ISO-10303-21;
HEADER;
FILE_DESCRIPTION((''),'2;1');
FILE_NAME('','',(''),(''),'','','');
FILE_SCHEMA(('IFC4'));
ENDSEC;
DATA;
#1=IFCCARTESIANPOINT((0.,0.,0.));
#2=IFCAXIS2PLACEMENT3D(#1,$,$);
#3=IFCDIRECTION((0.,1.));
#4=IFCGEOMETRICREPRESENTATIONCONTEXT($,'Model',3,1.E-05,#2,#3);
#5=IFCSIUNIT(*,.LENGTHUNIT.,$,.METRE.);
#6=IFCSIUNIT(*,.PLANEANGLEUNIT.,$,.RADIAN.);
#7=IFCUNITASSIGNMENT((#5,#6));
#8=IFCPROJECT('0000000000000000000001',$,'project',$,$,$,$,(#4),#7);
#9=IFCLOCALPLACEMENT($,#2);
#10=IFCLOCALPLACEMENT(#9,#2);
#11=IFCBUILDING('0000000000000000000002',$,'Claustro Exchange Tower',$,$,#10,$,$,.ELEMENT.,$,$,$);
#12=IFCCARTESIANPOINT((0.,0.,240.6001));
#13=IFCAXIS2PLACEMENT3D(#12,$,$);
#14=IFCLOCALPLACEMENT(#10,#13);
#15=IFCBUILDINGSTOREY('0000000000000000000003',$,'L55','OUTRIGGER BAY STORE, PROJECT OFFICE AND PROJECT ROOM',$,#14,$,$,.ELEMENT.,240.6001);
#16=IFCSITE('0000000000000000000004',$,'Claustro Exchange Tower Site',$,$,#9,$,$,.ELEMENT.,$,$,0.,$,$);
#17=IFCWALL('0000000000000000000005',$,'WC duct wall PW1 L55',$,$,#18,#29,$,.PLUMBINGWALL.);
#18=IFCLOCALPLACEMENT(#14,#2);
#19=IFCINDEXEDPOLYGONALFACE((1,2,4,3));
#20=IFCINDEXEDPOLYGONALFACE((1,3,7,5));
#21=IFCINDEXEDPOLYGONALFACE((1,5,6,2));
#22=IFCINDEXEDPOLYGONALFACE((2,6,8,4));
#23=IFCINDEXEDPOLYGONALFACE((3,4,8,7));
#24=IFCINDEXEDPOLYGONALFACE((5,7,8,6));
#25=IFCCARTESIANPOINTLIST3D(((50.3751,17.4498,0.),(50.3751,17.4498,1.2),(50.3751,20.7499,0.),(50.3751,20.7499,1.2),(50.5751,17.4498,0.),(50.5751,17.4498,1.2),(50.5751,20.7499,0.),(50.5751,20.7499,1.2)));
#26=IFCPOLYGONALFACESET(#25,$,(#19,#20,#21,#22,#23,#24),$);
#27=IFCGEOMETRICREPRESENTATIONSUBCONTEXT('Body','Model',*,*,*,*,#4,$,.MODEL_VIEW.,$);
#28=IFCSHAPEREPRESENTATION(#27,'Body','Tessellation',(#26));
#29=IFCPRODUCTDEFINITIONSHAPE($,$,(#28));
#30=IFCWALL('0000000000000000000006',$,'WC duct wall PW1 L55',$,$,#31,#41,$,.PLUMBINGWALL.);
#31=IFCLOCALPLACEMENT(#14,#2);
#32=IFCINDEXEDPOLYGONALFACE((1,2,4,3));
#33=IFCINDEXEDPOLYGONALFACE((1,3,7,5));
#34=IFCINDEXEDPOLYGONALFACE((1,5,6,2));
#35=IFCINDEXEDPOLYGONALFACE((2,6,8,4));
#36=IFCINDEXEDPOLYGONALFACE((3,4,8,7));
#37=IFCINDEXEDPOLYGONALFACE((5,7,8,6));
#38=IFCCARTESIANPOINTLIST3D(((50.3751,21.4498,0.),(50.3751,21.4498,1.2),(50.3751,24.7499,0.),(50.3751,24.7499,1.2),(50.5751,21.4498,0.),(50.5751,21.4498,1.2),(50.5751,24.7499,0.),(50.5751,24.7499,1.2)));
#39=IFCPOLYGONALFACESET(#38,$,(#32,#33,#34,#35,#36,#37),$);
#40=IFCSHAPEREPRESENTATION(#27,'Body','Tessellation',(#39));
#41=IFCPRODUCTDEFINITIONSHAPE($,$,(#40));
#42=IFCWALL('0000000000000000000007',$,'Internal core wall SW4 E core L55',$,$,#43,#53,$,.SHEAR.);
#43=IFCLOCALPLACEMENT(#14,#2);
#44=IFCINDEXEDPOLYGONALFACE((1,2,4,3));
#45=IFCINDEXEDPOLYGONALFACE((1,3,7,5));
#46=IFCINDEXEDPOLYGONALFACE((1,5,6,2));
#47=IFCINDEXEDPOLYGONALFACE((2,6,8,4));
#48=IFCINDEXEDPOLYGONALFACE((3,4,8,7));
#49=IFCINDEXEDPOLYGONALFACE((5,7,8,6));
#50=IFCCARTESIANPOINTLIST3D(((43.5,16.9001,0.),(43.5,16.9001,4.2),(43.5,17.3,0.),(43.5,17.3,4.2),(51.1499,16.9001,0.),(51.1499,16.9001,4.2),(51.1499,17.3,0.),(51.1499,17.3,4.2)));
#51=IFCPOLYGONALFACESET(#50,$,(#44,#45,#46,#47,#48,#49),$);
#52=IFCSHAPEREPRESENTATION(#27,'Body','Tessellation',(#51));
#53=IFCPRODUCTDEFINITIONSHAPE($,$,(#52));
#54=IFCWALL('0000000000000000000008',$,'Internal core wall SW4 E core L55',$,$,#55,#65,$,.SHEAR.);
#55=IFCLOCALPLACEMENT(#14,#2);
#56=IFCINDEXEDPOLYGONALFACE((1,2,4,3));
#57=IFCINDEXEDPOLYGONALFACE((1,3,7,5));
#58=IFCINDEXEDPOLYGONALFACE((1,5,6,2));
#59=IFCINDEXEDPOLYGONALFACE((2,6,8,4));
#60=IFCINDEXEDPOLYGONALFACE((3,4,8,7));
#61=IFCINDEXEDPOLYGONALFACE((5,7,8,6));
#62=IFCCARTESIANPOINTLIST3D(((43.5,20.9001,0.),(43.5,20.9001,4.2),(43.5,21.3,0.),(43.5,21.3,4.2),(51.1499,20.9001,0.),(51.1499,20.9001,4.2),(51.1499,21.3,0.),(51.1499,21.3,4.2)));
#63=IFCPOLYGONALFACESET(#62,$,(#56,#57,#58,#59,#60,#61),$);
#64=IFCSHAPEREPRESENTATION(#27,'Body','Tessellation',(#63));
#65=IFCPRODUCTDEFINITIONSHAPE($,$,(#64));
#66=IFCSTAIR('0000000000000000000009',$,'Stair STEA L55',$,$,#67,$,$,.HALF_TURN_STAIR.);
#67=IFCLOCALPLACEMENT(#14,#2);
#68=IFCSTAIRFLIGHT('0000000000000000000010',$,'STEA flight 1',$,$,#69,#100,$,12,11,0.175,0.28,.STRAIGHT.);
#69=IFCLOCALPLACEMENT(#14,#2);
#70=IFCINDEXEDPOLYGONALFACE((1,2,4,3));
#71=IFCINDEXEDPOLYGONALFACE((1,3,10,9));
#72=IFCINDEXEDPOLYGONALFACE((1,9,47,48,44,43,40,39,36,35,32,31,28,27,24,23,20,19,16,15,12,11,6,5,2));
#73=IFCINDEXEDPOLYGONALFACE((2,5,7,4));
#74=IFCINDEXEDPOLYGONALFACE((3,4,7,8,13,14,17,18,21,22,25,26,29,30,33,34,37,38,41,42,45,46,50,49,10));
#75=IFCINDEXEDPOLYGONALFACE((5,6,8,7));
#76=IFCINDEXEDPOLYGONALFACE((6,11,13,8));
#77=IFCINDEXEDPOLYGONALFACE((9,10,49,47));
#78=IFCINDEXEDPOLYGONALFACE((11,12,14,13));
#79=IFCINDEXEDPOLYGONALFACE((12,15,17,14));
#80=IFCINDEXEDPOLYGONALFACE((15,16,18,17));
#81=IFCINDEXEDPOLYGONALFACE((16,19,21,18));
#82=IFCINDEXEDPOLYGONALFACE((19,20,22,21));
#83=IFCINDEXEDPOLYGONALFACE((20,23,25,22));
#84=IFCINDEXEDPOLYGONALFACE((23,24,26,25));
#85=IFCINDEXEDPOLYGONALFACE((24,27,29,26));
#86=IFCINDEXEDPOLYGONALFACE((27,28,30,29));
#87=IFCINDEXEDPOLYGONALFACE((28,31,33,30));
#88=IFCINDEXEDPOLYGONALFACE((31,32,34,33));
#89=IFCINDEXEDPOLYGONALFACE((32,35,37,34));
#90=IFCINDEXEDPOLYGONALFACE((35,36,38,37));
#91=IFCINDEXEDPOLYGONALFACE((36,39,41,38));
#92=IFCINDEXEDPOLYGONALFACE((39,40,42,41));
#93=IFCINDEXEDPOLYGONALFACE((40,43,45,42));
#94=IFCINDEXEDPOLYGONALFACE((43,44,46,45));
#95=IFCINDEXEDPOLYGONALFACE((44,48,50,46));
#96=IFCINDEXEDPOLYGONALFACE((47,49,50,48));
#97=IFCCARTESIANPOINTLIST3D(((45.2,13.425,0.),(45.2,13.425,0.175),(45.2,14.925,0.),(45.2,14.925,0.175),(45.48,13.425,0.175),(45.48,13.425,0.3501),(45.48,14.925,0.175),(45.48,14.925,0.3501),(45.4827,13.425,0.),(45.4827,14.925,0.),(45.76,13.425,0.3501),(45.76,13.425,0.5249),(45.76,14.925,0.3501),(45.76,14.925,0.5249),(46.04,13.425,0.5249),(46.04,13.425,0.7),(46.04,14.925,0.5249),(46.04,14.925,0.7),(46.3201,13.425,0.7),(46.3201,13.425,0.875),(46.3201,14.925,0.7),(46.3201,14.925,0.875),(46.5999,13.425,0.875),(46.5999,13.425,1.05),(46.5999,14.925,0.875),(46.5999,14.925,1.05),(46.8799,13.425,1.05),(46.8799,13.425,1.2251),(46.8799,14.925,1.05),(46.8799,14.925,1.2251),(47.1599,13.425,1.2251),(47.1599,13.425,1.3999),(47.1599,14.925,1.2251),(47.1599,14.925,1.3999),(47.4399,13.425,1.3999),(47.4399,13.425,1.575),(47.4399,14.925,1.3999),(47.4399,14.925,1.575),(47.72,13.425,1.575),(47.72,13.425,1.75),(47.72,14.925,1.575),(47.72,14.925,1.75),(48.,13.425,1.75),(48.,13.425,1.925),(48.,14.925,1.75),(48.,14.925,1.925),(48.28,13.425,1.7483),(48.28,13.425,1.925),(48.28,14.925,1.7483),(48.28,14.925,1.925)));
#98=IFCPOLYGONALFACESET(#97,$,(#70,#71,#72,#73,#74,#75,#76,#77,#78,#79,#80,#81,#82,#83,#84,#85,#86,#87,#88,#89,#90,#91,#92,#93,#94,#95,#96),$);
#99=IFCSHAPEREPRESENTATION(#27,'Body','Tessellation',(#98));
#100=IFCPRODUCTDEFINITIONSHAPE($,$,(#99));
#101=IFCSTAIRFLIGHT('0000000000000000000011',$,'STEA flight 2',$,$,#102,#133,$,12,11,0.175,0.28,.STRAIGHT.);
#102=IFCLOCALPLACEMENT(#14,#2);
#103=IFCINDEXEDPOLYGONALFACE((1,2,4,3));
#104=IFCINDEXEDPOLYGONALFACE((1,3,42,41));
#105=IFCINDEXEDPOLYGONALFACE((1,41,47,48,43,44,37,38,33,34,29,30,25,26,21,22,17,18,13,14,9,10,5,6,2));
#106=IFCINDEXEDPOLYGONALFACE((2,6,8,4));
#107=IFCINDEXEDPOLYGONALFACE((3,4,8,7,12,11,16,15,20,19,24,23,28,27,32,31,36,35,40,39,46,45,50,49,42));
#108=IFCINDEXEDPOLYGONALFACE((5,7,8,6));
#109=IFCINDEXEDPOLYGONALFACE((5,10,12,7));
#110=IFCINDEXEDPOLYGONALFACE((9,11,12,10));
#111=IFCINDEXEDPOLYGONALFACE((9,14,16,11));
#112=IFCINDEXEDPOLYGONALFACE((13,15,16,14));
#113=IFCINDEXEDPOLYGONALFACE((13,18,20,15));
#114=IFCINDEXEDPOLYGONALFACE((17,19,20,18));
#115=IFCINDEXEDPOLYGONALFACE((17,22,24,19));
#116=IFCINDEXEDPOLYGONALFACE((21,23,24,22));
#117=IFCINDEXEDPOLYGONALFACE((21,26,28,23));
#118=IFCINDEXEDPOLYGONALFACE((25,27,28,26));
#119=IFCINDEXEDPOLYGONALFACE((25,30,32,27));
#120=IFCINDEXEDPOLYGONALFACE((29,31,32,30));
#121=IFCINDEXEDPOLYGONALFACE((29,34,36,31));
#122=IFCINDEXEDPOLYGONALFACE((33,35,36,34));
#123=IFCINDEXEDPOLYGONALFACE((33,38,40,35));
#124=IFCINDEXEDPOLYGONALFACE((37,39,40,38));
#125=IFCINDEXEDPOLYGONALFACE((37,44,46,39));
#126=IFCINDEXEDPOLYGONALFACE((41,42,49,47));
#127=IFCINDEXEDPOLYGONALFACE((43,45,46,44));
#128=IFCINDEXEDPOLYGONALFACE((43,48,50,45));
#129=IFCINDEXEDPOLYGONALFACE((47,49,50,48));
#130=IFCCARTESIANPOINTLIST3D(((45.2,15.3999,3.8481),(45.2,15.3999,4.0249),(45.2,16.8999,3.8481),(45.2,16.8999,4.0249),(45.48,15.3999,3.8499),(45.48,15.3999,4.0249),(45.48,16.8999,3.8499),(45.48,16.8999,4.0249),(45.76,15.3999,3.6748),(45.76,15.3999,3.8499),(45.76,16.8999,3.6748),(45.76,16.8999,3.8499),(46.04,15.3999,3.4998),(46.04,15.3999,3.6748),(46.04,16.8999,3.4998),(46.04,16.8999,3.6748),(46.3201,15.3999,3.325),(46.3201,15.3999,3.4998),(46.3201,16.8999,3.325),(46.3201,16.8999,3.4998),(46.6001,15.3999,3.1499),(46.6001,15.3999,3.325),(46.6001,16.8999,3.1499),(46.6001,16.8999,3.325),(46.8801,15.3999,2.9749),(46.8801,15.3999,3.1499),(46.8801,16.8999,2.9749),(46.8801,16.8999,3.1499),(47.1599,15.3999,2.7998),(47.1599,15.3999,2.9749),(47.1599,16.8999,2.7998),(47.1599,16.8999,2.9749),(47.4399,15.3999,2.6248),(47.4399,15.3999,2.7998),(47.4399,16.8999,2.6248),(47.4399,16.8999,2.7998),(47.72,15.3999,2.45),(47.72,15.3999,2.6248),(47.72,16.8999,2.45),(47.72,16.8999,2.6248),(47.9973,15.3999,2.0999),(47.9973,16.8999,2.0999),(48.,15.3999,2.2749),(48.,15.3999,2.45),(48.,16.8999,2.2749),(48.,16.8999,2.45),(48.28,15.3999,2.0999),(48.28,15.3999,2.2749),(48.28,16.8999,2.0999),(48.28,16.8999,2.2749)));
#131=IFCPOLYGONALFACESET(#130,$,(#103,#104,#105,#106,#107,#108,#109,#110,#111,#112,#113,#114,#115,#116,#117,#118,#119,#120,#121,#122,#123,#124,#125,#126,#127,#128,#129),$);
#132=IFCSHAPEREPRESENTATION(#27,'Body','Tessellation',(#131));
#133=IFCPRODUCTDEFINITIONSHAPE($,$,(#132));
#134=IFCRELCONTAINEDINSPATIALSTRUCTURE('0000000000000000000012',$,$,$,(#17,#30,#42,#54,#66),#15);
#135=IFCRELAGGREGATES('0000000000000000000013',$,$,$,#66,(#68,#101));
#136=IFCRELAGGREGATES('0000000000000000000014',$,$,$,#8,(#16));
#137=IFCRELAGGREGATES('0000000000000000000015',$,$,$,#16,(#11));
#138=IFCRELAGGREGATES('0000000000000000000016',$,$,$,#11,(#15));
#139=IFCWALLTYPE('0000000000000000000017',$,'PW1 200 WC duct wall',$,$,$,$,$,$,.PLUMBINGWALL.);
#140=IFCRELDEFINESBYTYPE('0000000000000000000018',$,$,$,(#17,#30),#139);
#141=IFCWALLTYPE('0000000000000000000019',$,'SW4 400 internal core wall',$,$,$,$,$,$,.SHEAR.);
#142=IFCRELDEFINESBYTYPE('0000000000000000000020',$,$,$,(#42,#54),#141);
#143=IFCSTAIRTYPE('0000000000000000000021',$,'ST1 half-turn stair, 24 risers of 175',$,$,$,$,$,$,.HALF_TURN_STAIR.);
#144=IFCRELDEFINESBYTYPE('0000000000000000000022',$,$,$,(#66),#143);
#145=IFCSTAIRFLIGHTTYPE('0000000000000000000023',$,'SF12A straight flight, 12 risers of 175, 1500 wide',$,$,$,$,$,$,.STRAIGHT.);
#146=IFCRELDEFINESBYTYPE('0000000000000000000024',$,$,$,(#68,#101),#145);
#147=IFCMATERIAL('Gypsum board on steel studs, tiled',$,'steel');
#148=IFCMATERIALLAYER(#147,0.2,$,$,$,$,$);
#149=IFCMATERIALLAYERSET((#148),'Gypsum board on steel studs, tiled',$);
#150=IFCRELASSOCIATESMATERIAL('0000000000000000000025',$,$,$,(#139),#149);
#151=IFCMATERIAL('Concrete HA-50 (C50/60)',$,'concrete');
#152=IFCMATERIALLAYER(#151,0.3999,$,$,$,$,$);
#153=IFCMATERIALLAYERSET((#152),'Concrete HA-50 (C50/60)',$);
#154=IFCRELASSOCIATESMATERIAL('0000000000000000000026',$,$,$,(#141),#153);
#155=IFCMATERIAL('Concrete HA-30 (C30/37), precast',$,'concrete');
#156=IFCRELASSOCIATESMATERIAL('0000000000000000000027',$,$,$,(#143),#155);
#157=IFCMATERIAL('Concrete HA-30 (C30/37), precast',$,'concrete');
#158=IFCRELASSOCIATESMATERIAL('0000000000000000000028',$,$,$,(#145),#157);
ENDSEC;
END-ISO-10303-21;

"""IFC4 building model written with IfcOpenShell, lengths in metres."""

from ifc_helpers import new_model, si_unit, direction, frame, frame_2d, origin, place, context, subcontext, project, spatial, polyline, rectangle, outline, extrude, material, layer, layer_set, type_object, element, aggregate, save


model = new_model("IFC4")

# Units and contexts
model_context = context("Model", 3, precision=1e-05, world=origin(), true_north=direction((0.0, 1.0)))
body_context = subcontext(model_context, "Body", "Model", "MODEL_VIEW")
ifc_project = project(units=[si_unit("LENGTHUNIT", "METRE"), si_unit("PLANEANGLEUNIT", "RADIAN")], contexts=[model_context])

# Site, building, storey
site_placement = place(None, origin())
site = spatial("IfcSite", under=ifc_project, at=site_placement, Name="Claustro Exchange Tower Site", CompositionType="ELEMENT", RefElevation=0.0)
building_placement = place(site_placement, origin())
building = spatial("IfcBuilding", under=site, at=building_placement, Name="Claustro Exchange Tower", CompositionType="ELEMENT")
storey_placement = place(building_placement, frame((0.0, 0.0, 240.6001)))
storey = spatial("IfcBuildingStorey", under=building, at=storey_placement, Name="L55", Description="OUTRIGGER BAY STORE, PROJECT OFFICE AND PROJECT ROOM", CompositionType="ELEMENT", Elevation=240.6001)

# Walls
ifc_material_1 = material(Name="Gypsum board on steel studs, tiled", Category="steel")
ifc_layer_1 = layer(ifc_material_1, 0.2)
ifc_layer_set_1 = layer_set([ifc_layer_1], Name="Gypsum board on steel studs, tiled")
wall_type_1 = type_object("IfcWallType", Name="PW1 200 WC duct wall", PredefinedType="PLUMBINGWALL", material=ifc_layer_set_1)
for number, where, z_axis, x_axis, name in (
    (1, (50.4751, 17.45, 0.0), (0.0, 0.0, 1.0), (0.0, 1.0, 0.0), "WC duct wall PW1 L55"),
    (2, (50.4751, 21.45, 0.0), (0.0, 0.0, 1.0), (0.0, 1.0, 0.0), "WC duct wall PW1 L55"),
):
    element("IfcWall", number, at=place(storey_placement, frame(where, z_axis=z_axis, x_axis=x_axis)), inside=storey, type_object=wall_type_1, Name=name, PredefinedType="PLUMBINGWALL", context=body_context, shape_type="SweptSolid", body=[
        extrude(rectangle(XDim=3.3, YDim=0.2, at=frame_2d((1.6499, 0.0))), origin(), (0.0, 0.0, 1.0), 1.2),
    ])
ifc_material_2 = material(Name="Concrete HA-50 (C50/60)", Category="concrete")
ifc_layer_2 = layer(ifc_material_2, 0.3999)
ifc_layer_set_2 = layer_set([ifc_layer_2], Name="Concrete HA-50 (C50/60)")
wall_type_2 = type_object("IfcWallType", Name="SW4 400 internal core wall", PredefinedType="SHEAR", material=ifc_layer_set_2)
for number, where, z_axis, x_axis, name in (
    (3, (51.1499, 17.1001, 0.0), (0.0, 0.0, 1.0), (-1.0, 0.0, 0.0), "Internal core wall SW4 E core L55"),
    (4, (51.1499, 21.1001, 0.0), (0.0, 0.0, 1.0), (-1.0, 0.0, 0.0), "Internal core wall SW4 E core L55"),
):
    element("IfcWall", number, at=place(storey_placement, frame(where, z_axis=z_axis, x_axis=x_axis)), inside=storey, type_object=wall_type_2, Name=name, PredefinedType="SHEAR", context=body_context, shape_type="SweptSolid", body=[
        extrude(rectangle(XDim=7.6499, YDim=0.3999, at=frame_2d((3.825, 0.0))), origin(), (0.0, 0.0, 1.0), 4.2),
    ])

# Stair, stair flights
ifc_material_3 = material(Name="Concrete HA-30 (C30/37), precast", Category="concrete")
stair_type = type_object("IfcStairType", Name="ST1 half-turn stair, 24 risers of 175", PredefinedType="HALF_TURN_STAIR", material=ifc_material_3)
stair_placement = place(storey_placement, origin())
stair = element("IfcStair", 5, at=stair_placement, inside=storey, type_object=stair_type, Name="Stair STEA L55", PredefinedType="HALF_TURN_STAIR")
ifc_material_4 = material(Name="Concrete HA-30 (C30/37), precast", Category="concrete")
stair_flight_type = type_object("IfcStairFlightType", Name="SF12A straight flight, 12 risers of 175, 1500 wide", PredefinedType="STRAIGHT", material=ifc_material_4)
stair_flight_1_placement = place(storey_placement, frame((45.2, 14.175, 0.0), z_axis=(0.0, 0.0, 1.0), x_axis=(1.0, 0.0, 0.0)))
stair_flight_1 = element("IfcStairFlight", 6, at=stair_flight_1_placement, type_object=stair_flight_type, Name="STEA flight 1", NumberOfRisers=12, NumberOfTreads=11, PredefinedType="STRAIGHT", RiserHeight=0.175, TreadLength=0.28, context=body_context, shape_type="SweptSolid", body=[
    extrude(outline(polyline([(0.0, 0.0), (0.0, 0.175), (0.28, 0.175), (0.28, 0.3501), (0.5601, 0.3501), (0.5601, 0.5249), (0.8401, 0.5249), (0.8401, 0.7), (1.1201, 0.7), (1.1201, 0.875), (1.3999, 0.875), (1.3999, 1.05), (1.6799, 1.05), (1.6799, 1.2251), (1.96, 1.2251), (1.96, 1.3999), (2.24, 1.3999), (2.24, 1.575), (2.52, 1.575), (2.52, 1.75), (2.8, 1.75), (2.8, 1.925), (3.0801, 1.925), (3.0801, 2.1001), (3.0801, 1.7483), (0.2827, 0.0), (0.0, 0.0)])), frame((0.0, 0.75, 0.0), z_axis=(0.0, -1.0, 0.0), x_axis=(1.0, 0.0, 0.0)), (0.0, 0.0, 1.0), 1.5),
])
stair_flight_2_placement = place(storey_placement, frame((48.28, 16.1499, 2.0999), z_axis=(0.0, 0.0, 1.0), x_axis=(-1.0, 0.0, 0.0)))
stair_flight_2 = element("IfcStairFlight", 7, at=stair_flight_2_placement, type_object=stair_flight_type, Name="STEA flight 2", NumberOfRisers=12, NumberOfTreads=11, PredefinedType="STRAIGHT", RiserHeight=0.175, TreadLength=0.28, context=body_context, shape_type="SweptSolid", body=[
    extrude(outline(polyline([(0.0, 0.0), (0.0, 0.175), (0.28, 0.175), (0.28, 0.3501), (0.5601, 0.3501), (0.5601, 0.5249), (0.8401, 0.5249), (0.8401, 0.7), (1.1201, 0.7), (1.1201, 0.875), (1.3999, 0.875), (1.3999, 1.05), (1.6799, 1.05), (1.6799, 1.2251), (1.96, 1.2251), (1.96, 1.3999), (2.24, 1.3999), (2.24, 1.575), (2.52, 1.575), (2.52, 1.75), (2.8, 1.75), (2.8, 1.925), (3.0801, 1.925), (3.0801, 2.1001), (3.0801, 1.7483), (0.2827, 0.0), (0.0, 0.0)])), frame((0.0, 0.75, 0.0), z_axis=(0.0, -1.0, 0.0), x_axis=(1.0, 0.0, 0.0)), (0.0, 0.0, 1.0), 1.5),
])
aggregate(stair, [stair_flight_1, stair_flight_2])

save(model, "model.ifc")
